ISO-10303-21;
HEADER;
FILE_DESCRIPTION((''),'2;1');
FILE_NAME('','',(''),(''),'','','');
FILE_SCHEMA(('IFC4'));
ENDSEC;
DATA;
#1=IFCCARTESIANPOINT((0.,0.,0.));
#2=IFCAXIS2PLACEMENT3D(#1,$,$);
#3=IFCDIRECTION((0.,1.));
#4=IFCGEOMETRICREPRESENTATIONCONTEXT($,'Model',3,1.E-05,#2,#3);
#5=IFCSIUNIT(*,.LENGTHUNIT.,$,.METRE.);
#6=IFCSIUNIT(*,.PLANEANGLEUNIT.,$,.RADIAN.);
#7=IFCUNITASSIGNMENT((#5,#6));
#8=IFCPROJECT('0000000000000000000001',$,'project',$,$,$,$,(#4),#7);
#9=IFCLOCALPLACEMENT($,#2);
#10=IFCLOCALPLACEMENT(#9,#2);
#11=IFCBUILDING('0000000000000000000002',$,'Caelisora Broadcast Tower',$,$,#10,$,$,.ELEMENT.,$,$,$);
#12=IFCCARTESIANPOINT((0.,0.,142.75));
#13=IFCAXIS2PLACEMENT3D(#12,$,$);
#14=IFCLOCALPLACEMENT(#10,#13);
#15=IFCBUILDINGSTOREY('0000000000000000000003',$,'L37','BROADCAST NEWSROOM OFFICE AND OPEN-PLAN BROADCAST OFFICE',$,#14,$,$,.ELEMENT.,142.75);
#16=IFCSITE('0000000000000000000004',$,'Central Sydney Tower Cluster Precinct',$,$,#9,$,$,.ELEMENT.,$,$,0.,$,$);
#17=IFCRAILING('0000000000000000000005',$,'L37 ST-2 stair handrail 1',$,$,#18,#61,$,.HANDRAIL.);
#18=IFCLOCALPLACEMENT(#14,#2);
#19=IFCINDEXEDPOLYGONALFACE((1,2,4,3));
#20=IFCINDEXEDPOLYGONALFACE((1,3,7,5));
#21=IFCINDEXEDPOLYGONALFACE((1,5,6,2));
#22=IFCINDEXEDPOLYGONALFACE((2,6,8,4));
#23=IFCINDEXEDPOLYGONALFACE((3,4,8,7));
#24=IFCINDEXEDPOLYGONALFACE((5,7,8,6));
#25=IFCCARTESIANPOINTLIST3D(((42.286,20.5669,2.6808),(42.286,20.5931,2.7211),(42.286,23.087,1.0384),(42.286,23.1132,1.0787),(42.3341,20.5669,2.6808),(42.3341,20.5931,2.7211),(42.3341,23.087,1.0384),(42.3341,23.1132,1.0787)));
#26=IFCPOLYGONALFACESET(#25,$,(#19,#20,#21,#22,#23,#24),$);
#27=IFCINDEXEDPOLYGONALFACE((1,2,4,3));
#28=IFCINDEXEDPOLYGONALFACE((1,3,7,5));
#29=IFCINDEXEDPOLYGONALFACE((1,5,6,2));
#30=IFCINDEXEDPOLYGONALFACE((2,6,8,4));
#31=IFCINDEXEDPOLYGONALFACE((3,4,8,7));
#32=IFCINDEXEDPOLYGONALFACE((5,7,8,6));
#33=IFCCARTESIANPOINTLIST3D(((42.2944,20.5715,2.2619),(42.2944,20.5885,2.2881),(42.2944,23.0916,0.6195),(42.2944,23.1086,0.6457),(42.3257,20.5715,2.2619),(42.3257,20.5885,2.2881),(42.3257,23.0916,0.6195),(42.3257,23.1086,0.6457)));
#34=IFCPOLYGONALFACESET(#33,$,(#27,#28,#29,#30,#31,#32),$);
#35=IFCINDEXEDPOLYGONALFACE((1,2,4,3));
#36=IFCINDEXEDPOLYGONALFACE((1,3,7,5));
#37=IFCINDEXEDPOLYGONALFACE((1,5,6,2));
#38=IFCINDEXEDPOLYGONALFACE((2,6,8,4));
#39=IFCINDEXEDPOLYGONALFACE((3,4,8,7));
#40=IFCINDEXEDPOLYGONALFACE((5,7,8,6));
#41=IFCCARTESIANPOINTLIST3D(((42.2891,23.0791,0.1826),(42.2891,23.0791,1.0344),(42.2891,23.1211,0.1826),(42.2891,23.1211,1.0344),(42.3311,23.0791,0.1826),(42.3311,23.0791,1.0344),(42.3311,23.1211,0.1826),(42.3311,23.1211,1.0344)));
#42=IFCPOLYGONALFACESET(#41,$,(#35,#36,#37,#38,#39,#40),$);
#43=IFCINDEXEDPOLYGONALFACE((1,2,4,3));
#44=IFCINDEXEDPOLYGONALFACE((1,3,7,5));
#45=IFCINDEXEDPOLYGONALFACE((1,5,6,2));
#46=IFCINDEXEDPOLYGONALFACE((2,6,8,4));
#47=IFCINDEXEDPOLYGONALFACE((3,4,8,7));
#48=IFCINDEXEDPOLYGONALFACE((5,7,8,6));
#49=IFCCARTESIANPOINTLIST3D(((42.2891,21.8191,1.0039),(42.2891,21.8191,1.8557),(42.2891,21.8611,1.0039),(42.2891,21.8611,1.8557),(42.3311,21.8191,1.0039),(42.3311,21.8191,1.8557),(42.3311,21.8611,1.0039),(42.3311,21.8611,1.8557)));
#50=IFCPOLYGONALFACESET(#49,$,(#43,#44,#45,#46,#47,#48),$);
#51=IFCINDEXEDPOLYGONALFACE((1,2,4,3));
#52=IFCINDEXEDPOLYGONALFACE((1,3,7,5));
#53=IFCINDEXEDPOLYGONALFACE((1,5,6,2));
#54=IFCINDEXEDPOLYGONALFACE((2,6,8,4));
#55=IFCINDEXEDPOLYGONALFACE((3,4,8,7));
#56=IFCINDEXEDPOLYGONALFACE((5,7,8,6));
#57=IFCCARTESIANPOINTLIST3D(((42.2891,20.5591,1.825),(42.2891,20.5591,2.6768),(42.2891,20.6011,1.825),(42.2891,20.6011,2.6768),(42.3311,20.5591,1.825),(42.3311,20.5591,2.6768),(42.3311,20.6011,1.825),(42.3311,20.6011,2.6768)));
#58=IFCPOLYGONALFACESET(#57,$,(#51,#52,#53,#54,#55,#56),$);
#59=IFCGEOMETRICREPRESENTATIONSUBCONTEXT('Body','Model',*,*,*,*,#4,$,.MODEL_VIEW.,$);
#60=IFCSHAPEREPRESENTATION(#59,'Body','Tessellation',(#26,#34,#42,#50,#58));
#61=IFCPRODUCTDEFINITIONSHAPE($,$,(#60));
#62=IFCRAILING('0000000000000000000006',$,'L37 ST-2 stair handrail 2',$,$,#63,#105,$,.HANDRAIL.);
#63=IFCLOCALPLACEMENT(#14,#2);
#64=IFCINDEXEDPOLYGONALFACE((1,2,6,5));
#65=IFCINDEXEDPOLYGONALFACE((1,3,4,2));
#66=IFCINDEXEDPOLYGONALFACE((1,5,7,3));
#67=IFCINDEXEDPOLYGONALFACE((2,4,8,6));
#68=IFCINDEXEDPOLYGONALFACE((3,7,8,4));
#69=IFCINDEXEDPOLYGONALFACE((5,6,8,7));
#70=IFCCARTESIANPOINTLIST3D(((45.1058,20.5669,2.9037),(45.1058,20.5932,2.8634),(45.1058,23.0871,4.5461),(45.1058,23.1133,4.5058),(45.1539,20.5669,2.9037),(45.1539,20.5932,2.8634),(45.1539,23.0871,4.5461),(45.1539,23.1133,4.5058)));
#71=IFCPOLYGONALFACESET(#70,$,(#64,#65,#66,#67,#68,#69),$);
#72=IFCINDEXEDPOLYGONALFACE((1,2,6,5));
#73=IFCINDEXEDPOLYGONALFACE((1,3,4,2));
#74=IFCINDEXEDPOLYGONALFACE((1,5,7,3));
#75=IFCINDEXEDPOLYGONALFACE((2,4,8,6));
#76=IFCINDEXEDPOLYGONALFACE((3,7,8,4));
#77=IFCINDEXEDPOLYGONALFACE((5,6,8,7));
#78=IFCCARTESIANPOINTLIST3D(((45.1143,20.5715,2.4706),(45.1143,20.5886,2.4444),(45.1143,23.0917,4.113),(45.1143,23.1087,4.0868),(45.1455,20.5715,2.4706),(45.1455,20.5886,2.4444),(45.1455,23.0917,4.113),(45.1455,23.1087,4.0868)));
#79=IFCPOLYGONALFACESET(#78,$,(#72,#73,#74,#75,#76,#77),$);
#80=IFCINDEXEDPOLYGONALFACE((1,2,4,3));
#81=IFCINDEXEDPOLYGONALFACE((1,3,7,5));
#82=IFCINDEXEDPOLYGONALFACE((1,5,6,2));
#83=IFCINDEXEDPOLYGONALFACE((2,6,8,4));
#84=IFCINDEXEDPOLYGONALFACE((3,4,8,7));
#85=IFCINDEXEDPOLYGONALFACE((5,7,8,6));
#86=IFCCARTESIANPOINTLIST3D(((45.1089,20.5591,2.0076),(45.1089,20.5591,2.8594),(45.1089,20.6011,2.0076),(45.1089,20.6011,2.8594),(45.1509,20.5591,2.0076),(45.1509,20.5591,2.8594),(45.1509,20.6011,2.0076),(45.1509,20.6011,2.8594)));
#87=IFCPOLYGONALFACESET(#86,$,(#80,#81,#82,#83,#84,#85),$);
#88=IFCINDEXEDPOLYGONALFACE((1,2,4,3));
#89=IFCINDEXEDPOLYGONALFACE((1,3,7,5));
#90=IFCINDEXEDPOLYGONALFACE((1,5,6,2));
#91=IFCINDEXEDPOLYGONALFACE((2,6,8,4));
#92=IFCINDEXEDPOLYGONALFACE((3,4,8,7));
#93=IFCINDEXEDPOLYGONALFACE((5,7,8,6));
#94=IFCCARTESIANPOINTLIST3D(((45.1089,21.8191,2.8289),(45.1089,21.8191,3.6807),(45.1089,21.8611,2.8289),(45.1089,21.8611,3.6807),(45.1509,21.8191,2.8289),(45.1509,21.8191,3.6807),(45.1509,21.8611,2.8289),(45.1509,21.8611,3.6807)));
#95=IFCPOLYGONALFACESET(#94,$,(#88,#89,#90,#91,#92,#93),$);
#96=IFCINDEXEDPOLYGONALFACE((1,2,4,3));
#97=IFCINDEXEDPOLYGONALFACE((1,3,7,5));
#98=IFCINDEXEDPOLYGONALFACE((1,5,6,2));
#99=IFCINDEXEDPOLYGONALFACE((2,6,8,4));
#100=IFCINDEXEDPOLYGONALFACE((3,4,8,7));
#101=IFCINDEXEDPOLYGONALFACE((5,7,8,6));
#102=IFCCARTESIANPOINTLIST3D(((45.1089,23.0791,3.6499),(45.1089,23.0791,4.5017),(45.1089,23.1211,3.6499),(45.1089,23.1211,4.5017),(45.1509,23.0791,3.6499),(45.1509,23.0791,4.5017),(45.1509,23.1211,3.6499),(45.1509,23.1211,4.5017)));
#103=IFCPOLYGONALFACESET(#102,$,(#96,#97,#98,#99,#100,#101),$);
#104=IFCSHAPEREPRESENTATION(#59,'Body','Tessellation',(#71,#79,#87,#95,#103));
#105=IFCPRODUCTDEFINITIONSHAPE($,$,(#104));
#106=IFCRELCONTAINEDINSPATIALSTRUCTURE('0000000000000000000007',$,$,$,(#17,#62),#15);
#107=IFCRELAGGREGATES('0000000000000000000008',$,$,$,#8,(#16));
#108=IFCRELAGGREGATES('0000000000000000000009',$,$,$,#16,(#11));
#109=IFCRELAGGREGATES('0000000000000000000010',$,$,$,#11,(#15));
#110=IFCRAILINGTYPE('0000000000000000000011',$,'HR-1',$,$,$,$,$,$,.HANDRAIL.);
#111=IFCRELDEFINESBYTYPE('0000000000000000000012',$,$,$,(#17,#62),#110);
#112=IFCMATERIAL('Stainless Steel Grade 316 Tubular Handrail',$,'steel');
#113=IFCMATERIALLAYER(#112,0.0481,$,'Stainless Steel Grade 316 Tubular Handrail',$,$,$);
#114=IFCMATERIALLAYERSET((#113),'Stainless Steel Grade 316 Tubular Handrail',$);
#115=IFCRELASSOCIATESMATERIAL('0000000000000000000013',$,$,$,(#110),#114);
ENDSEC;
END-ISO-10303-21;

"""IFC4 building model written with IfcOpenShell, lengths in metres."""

from ifc_helpers import new_model, si_unit, direction, frame, origin, origin_2d, place, context, subcontext, project, spatial, rectangle, extrude, material, layer, layer_set, type_object, element, save


model = new_model("IFC4")

# Units and contexts
model_context = context("Model", 3, precision=1e-05, world=origin(), true_north=direction((0.0, 1.0)))
body_context = subcontext(model_context, "Body", "Model", "MODEL_VIEW")
ifc_project = project(units=[si_unit("LENGTHUNIT", "METRE"), si_unit("PLANEANGLEUNIT", "RADIAN")], contexts=[model_context])

# Site, building, storey
site_placement = place(None, origin())
site = spatial("IfcSite", under=ifc_project, at=site_placement, Name="Central Sydney Tower Cluster Precinct", CompositionType="ELEMENT", RefElevation=0.0)
building_placement = place(site_placement, origin())
building = spatial("IfcBuilding", under=site, at=building_placement, Name="Caelisora Broadcast Tower", CompositionType="ELEMENT")
storey_placement = place(building_placement, frame((0.0, 0.0, 142.75)))
storey = spatial("IfcBuildingStorey", under=building, at=storey_placement, Name="L37", Description="BROADCAST NEWSROOM OFFICE AND OPEN-PLAN BROADCAST OFFICE", CompositionType="ELEMENT", Elevation=142.75)

# Railings
ifc_material_1 = material(Name="Stainless Steel Grade 316 Tubular Handrail", Category="steel")
ifc_layer_1 = layer(ifc_material_1, 0.0481, Name="Stainless Steel Grade 316 Tubular Handrail")
ifc_layer_set_1 = layer_set([ifc_layer_1], Name="Stainless Steel Grade 316 Tubular Handrail")
railing_type_1 = type_object("IfcRailingType", Name="HR-1", PredefinedType="HANDRAIL", material=ifc_layer_set_1)
railing_1_placement = place(storey_placement, frame((42.3101, 23.1001, 0.1826)))
element("IfcRailing", 1, at=railing_1_placement, inside=storey, type_object=railing_type_1, Name="L37 ST-2 stair handrail 1", PredefinedType="HANDRAIL", context=body_context, shape_type="SweptSolid", body=[
    extrude(rectangle(XDim=0.0481, YDim=0.0481, at=origin_2d()), frame((0.0, 0.0, 0.876), z_axis=(0.0, -0.837787, 0.545998), x_axis=(1.0, 0.0, 0.0)), (0.0, 0.0, 1.0), 3.0081),
    extrude(rectangle(XDim=0.0312, YDim=0.0312, at=origin_2d()), frame((0.0, 0.0, 0.45), z_axis=(0.0, -0.837787, 0.545998), x_axis=(1.0, 0.0, 0.0)), (0.0, 0.0, 1.0), 3.0081),
    extrude(rectangle(XDim=0.042, YDim=0.042, at=origin_2d()), origin(), (0.0, 0.0, 1.0), 0.8518),
    extrude(rectangle(XDim=0.042, YDim=0.042, at=origin_2d()), frame((0.0, -1.26, 0.8213)), (0.0, 0.0, 1.0), 0.8518),
    extrude(rectangle(XDim=0.042, YDim=0.042, at=origin_2d()), frame((0.0, -2.52, 1.6423)), (0.0, 0.0, 1.0), 0.8518),
])
railing_2_placement = place(storey_placement, frame((45.1299, 20.5801, 2.0076)))
element("IfcRailing", 2, at=railing_2_placement, inside=storey, type_object=railing_type_1, Name="L37 ST-2 stair handrail 2", PredefinedType="HANDRAIL", context=body_context, shape_type="SweptSolid", body=[
    extrude(rectangle(XDim=0.0481, YDim=0.0481, at=origin_2d()), frame((0.0, 0.0, 0.876), z_axis=(0.0, 0.837787, 0.545998), x_axis=(-1.0, 0.0, 0.0)), (0.0, 0.0, 1.0), 3.0081),
    extrude(rectangle(XDim=0.0312, YDim=0.0312, at=origin_2d()), frame((0.0, 0.0, 0.45), z_axis=(0.0, 0.837787, 0.545998), x_axis=(-1.0, 0.0, 0.0)), (0.0, 0.0, 1.0), 3.0081),
    extrude(rectangle(XDim=0.042, YDim=0.042, at=origin_2d()), origin(), (0.0, 0.0, 1.0), 0.8518),
    extrude(rectangle(XDim=0.042, YDim=0.042, at=origin_2d()), frame((0.0, 1.26, 0.8213)), (0.0, 0.0, 1.0), 0.8518),
    extrude(rectangle(XDim=0.042, YDim=0.042, at=origin_2d()), frame((0.0, 2.52, 1.6423)), (0.0, 0.0, 1.0), 0.8518),
])

save(model, "model.ifc")
